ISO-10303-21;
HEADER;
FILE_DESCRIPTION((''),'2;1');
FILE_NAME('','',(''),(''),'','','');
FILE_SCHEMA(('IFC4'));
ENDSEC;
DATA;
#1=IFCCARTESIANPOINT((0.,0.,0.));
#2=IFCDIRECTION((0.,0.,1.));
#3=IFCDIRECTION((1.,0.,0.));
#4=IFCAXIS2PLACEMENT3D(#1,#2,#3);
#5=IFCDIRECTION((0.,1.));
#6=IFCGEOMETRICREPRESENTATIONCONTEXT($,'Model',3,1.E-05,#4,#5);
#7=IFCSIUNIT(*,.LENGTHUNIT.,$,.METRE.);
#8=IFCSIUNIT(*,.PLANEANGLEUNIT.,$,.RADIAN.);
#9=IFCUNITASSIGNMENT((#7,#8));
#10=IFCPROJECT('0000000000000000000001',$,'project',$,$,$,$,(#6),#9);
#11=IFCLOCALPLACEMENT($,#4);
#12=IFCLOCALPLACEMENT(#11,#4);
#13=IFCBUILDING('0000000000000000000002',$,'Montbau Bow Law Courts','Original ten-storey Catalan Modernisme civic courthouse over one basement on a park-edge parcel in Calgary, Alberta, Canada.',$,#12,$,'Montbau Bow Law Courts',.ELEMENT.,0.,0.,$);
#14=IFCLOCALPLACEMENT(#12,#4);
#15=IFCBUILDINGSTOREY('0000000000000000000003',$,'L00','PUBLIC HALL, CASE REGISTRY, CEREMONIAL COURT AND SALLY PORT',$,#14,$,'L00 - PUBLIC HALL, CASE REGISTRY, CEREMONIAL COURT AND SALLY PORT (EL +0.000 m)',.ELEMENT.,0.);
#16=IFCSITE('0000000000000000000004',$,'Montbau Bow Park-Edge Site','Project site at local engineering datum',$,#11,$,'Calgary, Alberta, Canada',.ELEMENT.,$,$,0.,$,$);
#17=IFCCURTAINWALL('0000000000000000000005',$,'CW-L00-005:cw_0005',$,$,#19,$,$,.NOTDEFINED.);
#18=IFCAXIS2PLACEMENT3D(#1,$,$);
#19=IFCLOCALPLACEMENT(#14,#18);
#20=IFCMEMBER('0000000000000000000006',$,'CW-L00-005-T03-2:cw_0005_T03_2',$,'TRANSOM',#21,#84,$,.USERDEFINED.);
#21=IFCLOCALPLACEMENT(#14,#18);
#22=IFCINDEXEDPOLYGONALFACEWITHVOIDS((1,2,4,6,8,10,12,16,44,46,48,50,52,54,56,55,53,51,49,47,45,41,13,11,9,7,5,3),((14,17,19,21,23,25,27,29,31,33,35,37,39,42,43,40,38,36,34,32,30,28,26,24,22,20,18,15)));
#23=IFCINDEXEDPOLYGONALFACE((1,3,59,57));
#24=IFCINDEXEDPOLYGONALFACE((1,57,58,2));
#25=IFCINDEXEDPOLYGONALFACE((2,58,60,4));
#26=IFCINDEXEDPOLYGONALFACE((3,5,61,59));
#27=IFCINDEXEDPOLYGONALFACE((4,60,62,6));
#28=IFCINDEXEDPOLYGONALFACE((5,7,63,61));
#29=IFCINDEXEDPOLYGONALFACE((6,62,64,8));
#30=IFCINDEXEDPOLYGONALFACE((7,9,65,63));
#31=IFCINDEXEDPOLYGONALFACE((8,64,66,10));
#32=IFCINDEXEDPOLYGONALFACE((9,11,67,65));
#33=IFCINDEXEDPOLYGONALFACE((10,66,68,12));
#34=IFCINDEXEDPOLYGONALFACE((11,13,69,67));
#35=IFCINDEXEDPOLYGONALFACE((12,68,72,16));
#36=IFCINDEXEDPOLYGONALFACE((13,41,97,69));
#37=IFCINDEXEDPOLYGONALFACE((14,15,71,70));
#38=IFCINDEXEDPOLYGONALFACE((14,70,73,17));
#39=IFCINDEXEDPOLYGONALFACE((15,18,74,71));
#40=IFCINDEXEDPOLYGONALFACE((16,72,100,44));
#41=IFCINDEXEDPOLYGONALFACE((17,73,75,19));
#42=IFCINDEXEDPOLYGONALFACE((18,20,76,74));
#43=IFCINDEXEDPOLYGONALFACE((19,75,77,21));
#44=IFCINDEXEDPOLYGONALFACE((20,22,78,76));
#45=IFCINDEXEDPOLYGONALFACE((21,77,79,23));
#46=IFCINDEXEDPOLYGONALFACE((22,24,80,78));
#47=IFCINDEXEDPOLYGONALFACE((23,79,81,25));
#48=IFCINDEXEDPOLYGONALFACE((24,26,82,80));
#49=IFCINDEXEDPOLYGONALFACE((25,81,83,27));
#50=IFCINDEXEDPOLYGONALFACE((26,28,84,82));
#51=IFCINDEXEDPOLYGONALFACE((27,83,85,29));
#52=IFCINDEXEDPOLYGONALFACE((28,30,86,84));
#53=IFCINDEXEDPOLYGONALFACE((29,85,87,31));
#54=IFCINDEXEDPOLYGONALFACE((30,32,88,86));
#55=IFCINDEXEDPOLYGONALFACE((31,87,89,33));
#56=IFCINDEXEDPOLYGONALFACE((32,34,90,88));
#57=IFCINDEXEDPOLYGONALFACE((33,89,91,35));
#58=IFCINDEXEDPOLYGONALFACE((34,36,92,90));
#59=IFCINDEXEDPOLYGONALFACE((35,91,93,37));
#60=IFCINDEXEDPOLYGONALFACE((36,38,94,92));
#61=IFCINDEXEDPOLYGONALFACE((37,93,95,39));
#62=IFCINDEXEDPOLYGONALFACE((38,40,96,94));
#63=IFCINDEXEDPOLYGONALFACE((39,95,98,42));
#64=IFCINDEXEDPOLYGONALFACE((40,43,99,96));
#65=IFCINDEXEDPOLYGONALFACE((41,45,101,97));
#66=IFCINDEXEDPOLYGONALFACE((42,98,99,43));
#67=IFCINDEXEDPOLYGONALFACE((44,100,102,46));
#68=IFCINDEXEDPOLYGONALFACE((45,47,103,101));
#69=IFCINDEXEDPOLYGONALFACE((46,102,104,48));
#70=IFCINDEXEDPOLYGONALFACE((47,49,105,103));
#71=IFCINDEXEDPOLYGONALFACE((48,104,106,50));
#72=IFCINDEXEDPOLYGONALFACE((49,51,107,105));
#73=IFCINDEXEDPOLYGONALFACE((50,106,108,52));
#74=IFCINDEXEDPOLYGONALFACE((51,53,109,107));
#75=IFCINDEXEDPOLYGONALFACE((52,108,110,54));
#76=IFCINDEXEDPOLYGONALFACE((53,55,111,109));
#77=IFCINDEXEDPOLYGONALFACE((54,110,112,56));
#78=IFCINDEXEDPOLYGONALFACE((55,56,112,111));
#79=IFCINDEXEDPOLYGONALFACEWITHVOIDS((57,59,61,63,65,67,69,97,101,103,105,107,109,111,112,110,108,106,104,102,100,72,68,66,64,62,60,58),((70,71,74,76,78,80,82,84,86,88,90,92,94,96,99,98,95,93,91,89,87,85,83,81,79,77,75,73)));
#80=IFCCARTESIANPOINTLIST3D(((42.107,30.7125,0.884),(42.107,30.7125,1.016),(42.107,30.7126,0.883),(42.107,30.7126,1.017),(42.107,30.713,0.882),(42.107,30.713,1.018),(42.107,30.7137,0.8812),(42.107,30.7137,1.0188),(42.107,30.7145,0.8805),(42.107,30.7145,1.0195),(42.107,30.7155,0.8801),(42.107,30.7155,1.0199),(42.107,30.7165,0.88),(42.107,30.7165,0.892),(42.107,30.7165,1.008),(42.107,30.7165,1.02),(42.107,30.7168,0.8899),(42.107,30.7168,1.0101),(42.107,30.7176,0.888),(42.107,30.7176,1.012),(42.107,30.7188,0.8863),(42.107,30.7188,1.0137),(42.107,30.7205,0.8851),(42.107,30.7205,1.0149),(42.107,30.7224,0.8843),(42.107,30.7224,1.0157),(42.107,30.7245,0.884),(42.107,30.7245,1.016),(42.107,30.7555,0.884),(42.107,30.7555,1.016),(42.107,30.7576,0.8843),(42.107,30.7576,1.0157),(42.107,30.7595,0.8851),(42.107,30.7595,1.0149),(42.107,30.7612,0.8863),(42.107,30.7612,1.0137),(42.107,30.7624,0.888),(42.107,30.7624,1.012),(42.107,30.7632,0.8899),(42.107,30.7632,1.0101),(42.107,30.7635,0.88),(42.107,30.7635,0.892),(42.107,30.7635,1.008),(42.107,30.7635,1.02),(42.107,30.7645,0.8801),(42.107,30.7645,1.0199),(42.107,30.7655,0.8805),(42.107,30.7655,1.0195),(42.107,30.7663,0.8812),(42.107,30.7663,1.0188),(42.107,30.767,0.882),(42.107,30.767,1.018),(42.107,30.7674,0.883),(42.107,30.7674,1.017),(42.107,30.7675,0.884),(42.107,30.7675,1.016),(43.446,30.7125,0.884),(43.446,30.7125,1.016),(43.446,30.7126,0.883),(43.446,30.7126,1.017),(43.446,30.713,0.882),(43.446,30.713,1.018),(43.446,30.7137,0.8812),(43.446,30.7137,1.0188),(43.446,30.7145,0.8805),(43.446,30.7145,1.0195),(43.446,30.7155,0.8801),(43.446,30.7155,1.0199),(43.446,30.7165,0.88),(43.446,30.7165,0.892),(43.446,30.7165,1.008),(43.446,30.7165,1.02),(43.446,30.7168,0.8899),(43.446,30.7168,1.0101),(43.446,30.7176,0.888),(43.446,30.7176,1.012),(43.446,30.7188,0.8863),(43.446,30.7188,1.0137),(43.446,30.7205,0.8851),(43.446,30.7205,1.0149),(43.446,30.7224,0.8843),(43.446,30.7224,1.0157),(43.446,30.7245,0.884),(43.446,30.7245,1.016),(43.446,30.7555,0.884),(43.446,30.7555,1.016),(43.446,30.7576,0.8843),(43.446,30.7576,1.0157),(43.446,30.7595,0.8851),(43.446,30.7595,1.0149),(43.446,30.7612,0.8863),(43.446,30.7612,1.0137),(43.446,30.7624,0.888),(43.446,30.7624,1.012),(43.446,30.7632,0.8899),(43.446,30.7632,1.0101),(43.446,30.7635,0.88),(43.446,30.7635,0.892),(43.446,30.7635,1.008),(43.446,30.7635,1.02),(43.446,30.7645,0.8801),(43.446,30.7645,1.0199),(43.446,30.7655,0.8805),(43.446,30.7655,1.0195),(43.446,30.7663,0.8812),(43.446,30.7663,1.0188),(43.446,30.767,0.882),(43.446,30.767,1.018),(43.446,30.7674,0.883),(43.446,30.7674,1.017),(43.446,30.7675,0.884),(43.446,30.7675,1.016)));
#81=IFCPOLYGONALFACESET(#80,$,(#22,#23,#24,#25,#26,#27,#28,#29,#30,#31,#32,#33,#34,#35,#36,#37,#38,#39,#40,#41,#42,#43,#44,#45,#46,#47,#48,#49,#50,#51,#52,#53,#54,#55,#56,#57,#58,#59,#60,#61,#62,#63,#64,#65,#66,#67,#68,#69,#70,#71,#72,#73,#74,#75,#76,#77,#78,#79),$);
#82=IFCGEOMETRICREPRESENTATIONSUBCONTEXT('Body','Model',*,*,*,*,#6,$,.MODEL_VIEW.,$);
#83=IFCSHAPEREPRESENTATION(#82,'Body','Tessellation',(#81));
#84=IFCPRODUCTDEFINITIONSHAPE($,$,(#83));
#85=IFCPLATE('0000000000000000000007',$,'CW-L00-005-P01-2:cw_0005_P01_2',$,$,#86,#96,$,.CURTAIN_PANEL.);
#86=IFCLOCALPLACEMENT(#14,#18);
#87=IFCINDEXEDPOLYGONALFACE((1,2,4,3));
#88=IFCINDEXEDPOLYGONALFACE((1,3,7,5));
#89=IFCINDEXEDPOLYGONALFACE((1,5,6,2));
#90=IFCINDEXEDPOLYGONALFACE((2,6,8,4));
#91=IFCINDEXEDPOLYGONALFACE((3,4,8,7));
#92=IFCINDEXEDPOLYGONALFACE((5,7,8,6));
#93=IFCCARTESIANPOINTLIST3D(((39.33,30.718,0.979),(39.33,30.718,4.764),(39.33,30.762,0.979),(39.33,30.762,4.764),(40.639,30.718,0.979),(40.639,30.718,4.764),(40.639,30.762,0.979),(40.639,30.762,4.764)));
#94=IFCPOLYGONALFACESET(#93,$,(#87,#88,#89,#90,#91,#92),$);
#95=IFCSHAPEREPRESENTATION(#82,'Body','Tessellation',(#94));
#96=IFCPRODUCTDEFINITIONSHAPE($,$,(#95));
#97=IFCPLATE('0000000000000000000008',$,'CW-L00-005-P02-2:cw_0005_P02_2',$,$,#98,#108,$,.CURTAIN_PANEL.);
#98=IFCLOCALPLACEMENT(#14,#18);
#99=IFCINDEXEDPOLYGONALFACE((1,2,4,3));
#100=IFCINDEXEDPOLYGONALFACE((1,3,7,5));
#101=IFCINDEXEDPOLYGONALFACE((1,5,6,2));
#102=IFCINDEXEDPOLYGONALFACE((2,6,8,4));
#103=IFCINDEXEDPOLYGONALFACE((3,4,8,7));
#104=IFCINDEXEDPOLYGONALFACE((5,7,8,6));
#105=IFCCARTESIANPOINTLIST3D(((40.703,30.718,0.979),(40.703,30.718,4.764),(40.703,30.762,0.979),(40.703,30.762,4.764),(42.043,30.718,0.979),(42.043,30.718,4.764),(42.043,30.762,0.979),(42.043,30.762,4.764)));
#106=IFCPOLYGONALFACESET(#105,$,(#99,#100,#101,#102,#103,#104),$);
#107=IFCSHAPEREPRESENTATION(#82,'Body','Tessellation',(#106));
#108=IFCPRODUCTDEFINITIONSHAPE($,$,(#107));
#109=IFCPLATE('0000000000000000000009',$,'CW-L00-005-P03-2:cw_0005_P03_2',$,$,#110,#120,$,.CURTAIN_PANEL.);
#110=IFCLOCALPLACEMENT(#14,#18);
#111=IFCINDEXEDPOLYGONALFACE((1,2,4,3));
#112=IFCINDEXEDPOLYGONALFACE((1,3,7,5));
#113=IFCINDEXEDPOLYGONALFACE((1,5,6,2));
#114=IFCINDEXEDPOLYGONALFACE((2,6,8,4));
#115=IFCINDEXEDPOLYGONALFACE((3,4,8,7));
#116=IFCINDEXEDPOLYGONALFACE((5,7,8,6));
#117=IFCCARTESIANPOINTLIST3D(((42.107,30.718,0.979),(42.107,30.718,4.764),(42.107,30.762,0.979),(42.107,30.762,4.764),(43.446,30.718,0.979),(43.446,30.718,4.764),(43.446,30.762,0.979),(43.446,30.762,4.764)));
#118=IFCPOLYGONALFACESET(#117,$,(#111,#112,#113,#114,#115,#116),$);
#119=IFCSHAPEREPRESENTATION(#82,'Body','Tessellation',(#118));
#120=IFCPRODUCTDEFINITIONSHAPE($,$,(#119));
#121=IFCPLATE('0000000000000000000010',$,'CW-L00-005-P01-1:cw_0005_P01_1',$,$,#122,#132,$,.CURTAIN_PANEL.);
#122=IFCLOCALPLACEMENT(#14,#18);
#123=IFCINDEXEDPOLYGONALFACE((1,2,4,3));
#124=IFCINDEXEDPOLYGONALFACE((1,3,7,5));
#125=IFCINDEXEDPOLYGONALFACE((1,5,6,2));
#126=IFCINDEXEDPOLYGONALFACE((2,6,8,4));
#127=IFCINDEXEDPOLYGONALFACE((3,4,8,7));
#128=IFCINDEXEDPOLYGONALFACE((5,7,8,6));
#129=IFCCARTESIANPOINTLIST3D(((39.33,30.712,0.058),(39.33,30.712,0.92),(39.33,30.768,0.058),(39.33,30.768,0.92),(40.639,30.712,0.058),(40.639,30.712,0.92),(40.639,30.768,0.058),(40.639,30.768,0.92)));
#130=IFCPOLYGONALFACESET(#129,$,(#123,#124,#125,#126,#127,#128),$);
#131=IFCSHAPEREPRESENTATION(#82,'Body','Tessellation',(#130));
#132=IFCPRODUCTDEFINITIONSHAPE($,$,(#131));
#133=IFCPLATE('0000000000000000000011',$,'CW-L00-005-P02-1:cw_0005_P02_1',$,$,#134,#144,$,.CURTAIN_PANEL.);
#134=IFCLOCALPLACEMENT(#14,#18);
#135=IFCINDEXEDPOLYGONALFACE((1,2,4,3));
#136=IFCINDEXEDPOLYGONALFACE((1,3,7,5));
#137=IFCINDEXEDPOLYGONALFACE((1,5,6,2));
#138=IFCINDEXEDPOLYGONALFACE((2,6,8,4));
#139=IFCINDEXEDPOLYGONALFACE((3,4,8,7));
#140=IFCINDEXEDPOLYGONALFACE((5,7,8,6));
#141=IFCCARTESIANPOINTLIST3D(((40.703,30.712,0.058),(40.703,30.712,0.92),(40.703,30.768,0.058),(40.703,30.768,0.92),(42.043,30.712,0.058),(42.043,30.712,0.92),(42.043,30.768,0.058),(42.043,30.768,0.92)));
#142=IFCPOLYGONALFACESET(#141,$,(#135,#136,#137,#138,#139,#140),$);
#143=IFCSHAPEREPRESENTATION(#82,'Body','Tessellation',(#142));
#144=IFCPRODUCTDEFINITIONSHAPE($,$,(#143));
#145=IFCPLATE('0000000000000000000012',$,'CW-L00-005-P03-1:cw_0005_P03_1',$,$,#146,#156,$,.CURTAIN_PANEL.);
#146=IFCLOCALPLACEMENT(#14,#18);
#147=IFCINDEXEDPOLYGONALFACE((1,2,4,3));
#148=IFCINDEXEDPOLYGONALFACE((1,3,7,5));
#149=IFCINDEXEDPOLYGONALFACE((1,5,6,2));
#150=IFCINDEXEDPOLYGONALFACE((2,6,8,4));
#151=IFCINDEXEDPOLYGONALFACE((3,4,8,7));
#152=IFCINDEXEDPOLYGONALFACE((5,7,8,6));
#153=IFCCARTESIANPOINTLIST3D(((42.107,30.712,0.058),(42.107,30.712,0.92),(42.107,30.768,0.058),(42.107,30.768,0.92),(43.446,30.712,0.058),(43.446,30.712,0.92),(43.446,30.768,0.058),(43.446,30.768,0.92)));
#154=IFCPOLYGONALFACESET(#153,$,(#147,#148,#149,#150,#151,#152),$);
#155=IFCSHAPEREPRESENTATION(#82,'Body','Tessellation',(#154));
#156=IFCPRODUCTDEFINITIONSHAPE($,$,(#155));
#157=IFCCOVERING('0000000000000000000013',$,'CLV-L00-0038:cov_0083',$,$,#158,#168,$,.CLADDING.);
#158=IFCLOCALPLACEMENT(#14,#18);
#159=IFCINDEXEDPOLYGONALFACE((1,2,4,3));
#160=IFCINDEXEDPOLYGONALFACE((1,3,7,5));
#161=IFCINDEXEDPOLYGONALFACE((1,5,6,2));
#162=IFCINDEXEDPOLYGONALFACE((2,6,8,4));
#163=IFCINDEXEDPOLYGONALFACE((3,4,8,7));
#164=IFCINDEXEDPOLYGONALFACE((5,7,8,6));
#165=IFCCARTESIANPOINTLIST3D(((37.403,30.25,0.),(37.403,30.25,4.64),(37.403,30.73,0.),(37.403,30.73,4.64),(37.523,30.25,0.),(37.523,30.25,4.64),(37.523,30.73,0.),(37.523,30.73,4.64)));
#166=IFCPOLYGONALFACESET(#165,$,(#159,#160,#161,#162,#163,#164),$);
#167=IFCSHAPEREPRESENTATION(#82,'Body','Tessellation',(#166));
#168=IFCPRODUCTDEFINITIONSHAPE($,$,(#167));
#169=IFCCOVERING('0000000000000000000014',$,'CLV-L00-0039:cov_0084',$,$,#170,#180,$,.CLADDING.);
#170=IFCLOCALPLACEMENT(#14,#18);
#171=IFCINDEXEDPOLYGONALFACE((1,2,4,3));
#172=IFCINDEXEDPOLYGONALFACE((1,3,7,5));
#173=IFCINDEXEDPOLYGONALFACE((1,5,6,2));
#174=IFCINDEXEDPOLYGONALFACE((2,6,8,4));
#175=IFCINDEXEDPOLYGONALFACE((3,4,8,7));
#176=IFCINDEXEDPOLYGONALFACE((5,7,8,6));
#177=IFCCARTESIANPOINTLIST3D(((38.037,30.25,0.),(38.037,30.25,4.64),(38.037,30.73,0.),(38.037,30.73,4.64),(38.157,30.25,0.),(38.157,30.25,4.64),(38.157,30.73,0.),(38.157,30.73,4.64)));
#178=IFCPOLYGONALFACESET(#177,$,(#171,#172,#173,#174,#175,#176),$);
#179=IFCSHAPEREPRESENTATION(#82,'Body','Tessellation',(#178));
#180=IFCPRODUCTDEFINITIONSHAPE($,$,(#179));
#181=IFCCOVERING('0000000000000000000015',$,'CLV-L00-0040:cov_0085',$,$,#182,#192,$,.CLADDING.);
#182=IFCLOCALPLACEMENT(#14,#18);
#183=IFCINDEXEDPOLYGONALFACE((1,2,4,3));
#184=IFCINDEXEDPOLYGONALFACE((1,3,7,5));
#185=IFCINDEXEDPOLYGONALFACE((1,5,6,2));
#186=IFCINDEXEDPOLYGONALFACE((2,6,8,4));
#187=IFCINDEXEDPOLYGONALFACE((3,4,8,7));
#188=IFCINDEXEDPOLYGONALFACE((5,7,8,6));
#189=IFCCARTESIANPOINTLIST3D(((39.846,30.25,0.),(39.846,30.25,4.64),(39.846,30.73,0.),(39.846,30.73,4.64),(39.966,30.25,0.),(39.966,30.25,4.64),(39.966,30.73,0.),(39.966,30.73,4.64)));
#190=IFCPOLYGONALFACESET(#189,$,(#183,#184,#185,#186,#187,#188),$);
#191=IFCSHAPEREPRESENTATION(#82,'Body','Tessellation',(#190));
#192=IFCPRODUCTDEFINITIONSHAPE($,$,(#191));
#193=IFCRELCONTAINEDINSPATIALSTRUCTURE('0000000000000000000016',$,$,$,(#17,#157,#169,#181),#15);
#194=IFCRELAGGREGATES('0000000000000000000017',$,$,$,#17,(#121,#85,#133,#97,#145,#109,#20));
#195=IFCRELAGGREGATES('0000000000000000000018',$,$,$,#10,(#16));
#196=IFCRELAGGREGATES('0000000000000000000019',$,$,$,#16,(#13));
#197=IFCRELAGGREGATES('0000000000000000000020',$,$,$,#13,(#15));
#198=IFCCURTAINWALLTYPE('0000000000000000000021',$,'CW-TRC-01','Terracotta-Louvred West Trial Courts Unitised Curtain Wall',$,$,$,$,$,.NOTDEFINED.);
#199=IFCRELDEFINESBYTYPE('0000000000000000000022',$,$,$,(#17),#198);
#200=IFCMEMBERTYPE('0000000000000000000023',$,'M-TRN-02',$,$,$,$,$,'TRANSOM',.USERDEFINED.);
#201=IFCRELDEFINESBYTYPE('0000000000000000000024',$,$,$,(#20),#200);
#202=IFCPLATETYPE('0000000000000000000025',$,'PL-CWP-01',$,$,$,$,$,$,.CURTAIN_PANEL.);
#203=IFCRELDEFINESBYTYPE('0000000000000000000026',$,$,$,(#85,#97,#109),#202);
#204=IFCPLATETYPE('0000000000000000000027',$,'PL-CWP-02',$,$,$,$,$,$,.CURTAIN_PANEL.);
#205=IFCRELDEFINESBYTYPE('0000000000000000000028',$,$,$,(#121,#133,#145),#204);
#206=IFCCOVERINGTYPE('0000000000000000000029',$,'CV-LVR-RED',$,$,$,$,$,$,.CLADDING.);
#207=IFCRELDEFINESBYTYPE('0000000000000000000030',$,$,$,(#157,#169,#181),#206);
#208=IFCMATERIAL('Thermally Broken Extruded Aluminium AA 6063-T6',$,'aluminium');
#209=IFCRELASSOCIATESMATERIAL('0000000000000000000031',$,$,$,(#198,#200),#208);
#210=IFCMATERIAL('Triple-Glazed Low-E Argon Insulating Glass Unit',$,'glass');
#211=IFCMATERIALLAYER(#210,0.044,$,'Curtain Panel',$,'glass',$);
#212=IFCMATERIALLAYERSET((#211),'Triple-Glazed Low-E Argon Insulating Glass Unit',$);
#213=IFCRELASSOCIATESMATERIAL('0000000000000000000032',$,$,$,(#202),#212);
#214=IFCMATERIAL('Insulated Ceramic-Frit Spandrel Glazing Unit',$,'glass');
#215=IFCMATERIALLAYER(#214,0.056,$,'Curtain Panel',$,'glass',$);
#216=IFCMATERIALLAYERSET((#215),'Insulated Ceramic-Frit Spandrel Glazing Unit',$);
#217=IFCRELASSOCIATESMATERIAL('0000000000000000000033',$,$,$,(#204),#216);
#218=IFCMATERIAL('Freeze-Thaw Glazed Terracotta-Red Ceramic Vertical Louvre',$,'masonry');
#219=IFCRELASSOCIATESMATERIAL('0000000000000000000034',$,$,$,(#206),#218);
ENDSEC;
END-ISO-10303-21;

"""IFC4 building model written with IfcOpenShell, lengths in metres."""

from ifc_helpers import new_model, si_unit, direction, frame, frame_2d, origin_with_axes, origin_2d_with_axis, place, context, subcontext, project, spatial, rectangle, hollow_rectangle, extrude, material, layer, layer_set, material_profile, profile_set, type_object, element, aggregate, save


model = new_model("IFC4")

# Units and contexts
model_context = context("Model", 3, precision=1e-05, world=origin_with_axes(), true_north=direction((0.0, 1.0)))
body_context = subcontext(model_context, "Body", "Model", "MODEL_VIEW")
ifc_project = project(units=[si_unit("LENGTHUNIT", "METRE"), si_unit("PLANEANGLEUNIT", "RADIAN")], contexts=[model_context])

# Site, building, storey
site_placement = place(None, origin_with_axes())
site = spatial("IfcSite", under=ifc_project, at=site_placement, Name="Montbau Bow Park-Edge Site", Description="Project site at local engineering datum", LongName="Calgary, Alberta, Canada", CompositionType="ELEMENT", RefElevation=0.0)
building_placement = place(site_placement, origin_with_axes())
building = spatial("IfcBuilding", under=site, at=building_placement, Name="Montbau Bow Law Courts", Description="Original ten-storey Catalan Modernisme civic courthouse over one basement on a park-edge parcel in Calgary, Alberta, Canada.", LongName="Montbau Bow Law Courts", CompositionType="ELEMENT", ElevationOfRefHeight=0.0, ElevationOfTerrain=0.0)
storey_placement = place(building_placement, origin_with_axes())
storey = spatial("IfcBuildingStorey", under=building, at=storey_placement, Name="L00", Description="PUBLIC HALL, CASE REGISTRY, CEREMONIAL COURT AND SALLY PORT", LongName="L00 - PUBLIC HALL, CASE REGISTRY, CEREMONIAL COURT AND SALLY PORT (EL +0.000 m)", CompositionType="ELEMENT", Elevation=0.0)

# Shared definitions
ifc_material_1 = material(Name="Thermally Broken Extruded Aluminium AA 6063-T6", Category="aluminium")
curtain_wall_type = type_object("IfcCurtainWallType", Name="CW-TRC-01", Description="Terracotta-Louvred West Trial Courts Unitised Curtain Wall", PredefinedType="NOTDEFINED", material=ifc_material_1)

# Curtain wall
curtain_wall_1_placement = place(None, frame((39.268, 30.74, 0.0), z_axis=(0.0, 0.0, 1.0), x_axis=(1.0, 0.0, 0.0)))
curtain_wall_1 = element("IfcCurtainWall", 1, at=curtain_wall_1_placement, inside=storey, type_object=curtain_wall_type, Name="CW-L00-005:cw_0005", PredefinedType="NOTDEFINED")

# Member
ifc_material_profile_1 = material_profile(ifc_material_1, hollow_rectangle(XDim=0.055, YDim=0.14, WallThickness=0.004, InnerFilletRadius=0.008, OuterFilletRadius=0.004, at=origin_2d_with_axis()), Name="CWT-140X55", Category="Main", Priority=0)
ifc_profile_set_1 = profile_set([ifc_material_profile_1], Name="Thermally Broken Extruded Aluminium AA 6063-T6")
member_type_1 = type_object("IfcMemberType", Name="M-TRN-02", ElementType="TRANSOM", PredefinedType="USERDEFINED", material=ifc_profile_set_1)
member_1_placement = place(None, frame((42.107, 30.74, 0.95), z_axis=(1.0, 0.0, 0.0), x_axis=(0.0, 1.0, 0.0)))
member_1 = element("IfcMember", 2, at=member_1_placement, type_object=member_type_1, Name="CW-L00-005-T03-2:cw_0005_T03_2", ObjectType="TRANSOM", PredefinedType="USERDEFINED", context=body_context, shape_type="SweptSolid", body=[
    extrude(hollow_rectangle(XDim=0.055, YDim=0.14, WallThickness=0.004, InnerFilletRadius=0.008, OuterFilletRadius=0.004, at=origin_2d_with_axis()), origin_with_axes(), (0.0, 0.0, 1.0), 1.339),
])

# Plates
ifc_material_2 = material(Name="Triple-Glazed Low-E Argon Insulating Glass Unit", Category="glass")
ifc_layer_1 = layer(ifc_material_2, 0.044, Name="Curtain Panel", Category="glass")
ifc_layer_set_1 = layer_set([ifc_layer_1], Name="Triple-Glazed Low-E Argon Insulating Glass Unit")
plate_type_1 = type_object("IfcPlateType", Name="PL-CWP-01", PredefinedType="CURTAIN_PANEL", material=ifc_layer_set_1)
plate_1_placement = place(None, frame((39.33, 30.74, 0.979), z_axis=(0.0, -1.0, 0.0), x_axis=(1.0, 0.0, 0.0)))
plate_1 = element("IfcPlate", 3, at=plate_1_placement, type_object=plate_type_1, Name="CW-L00-005-P01-2:cw_0005_P01_2", PredefinedType="CURTAIN_PANEL", context=body_context, shape_type="SweptSolid", body=[
    extrude(rectangle(XDim=1.309, YDim=3.785, at=frame_2d((0.6545, 1.8925), x_axis=(1.0, 0.0))), frame((0.0, 0.0, -0.022), z_axis=(0.0, 0.0, 1.0), x_axis=(1.0, 0.0, 0.0)), (0.0, 0.0, 1.0), 0.044),
])
plate_2_placement = place(None, frame((40.703, 30.74, 0.979), z_axis=(0.0, -1.0, 0.0), x_axis=(1.0, 0.0, 0.0)))
plate_2 = element("IfcPlate", 4, at=plate_2_placement, type_object=plate_type_1, Name="CW-L00-005-P02-2:cw_0005_P02_2", PredefinedType="CURTAIN_PANEL", context=body_context, shape_type="SweptSolid", body=[
    extrude(rectangle(XDim=1.34, YDim=3.785, at=frame_2d((0.67, 1.8925), x_axis=(1.0, 0.0))), frame((0.0, 0.0, -0.022), z_axis=(0.0, 0.0, 1.0), x_axis=(1.0, 0.0, 0.0)), (0.0, 0.0, 1.0), 0.044),
])
plate_3_placement = place(None, frame((42.107, 30.74, 0.979), z_axis=(0.0, -1.0, 0.0), x_axis=(1.0, 0.0, 0.0)))
plate_3 = element("IfcPlate", 5, at=plate_3_placement, type_object=plate_type_1, Name="CW-L00-005-P03-2:cw_0005_P03_2", PredefinedType="CURTAIN_PANEL", context=body_context, shape_type="SweptSolid", body=[
    extrude(rectangle(XDim=1.339, YDim=3.785, at=frame_2d((0.6695, 1.8925), x_axis=(1.0, 0.0))), frame((0.0, 0.0, -0.022), z_axis=(0.0, 0.0, 1.0), x_axis=(1.0, 0.0, 0.0)), (0.0, 0.0, 1.0), 0.044),
])
ifc_material_3 = material(Name="Insulated Ceramic-Frit Spandrel Glazing Unit", Category="glass")
ifc_layer_2 = layer(ifc_material_3, 0.056, Name="Curtain Panel", Category="glass")
ifc_layer_set_2 = layer_set([ifc_layer_2], Name="Insulated Ceramic-Frit Spandrel Glazing Unit")
plate_type_2 = type_object("IfcPlateType", Name="PL-CWP-02", PredefinedType="CURTAIN_PANEL", material=ifc_layer_set_2)
plate_4_placement = place(None, frame((39.33, 30.74, 0.058), z_axis=(0.0, -1.0, 0.0), x_axis=(1.0, 0.0, 0.0)))
plate_4 = element("IfcPlate", 6, at=plate_4_placement, type_object=plate_type_2, Name="CW-L00-005-P01-1:cw_0005_P01_1", PredefinedType="CURTAIN_PANEL", context=body_context, shape_type="SweptSolid", body=[
    extrude(rectangle(XDim=1.309, YDim=0.862, at=frame_2d((0.6545, 0.431), x_axis=(1.0, 0.0))), frame((0.0, 0.0, -0.028), z_axis=(0.0, 0.0, 1.0), x_axis=(1.0, 0.0, 0.0)), (0.0, 0.0, 1.0), 0.056),
])
plate_5_placement = place(None, frame((40.703, 30.74, 0.058), z_axis=(0.0, -1.0, 0.0), x_axis=(1.0, 0.0, 0.0)))
plate_5 = element("IfcPlate", 7, at=plate_5_placement, type_object=plate_type_2, Name="CW-L00-005-P02-1:cw_0005_P02_1", PredefinedType="CURTAIN_PANEL", context=body_context, shape_type="SweptSolid", body=[
    extrude(rectangle(XDim=1.34, YDim=0.862, at=frame_2d((0.67, 0.431), x_axis=(1.0, 0.0))), frame((0.0, 0.0, -0.028), z_axis=(0.0, 0.0, 1.0), x_axis=(1.0, 0.0, 0.0)), (0.0, 0.0, 1.0), 0.056),
])
plate_6_placement = place(None, frame((42.107, 30.74, 0.058), z_axis=(0.0, -1.0, 0.0), x_axis=(1.0, 0.0, 0.0)))
plate_6 = element("IfcPlate", 8, at=plate_6_placement, type_object=plate_type_2, Name="CW-L00-005-P03-1:cw_0005_P03_1", PredefinedType="CURTAIN_PANEL", context=body_context, shape_type="SweptSolid", body=[
    extrude(rectangle(XDim=1.339, YDim=0.862, at=frame_2d((0.6695, 0.431), x_axis=(1.0, 0.0))), frame((0.0, 0.0, -0.028), z_axis=(0.0, 0.0, 1.0), x_axis=(1.0, 0.0, 0.0)), (0.0, 0.0, 1.0), 0.056),
])
aggregate(curtain_wall_1, [plate_4, plate_1, plate_5, plate_2, plate_6, plate_3, member_1])

# Coverings
ifc_material_4 = material(Name="Freeze-Thaw Glazed Terracotta-Red Ceramic Vertical Louvre", Category="masonry")
covering_type = type_object("IfcCoveringType", Name="CV-LVR-RED", PredefinedType="CLADDING", material=ifc_material_4)
for number, where, z_axis, x_axis, name in (
    (9, (37.463, 30.73, 0.0), (-1.0, 0.0, 0.0), (0.0, -1.0, 0.0), "CLV-L00-0038:cov_0083"),
    (10, (38.097, 30.73, 0.0), (-1.0, 0.0, 0.0), (0.0, -1.0, 0.0), "CLV-L00-0039:cov_0084"),
    (11, (39.906, 30.73, 0.0), (-1.0, 0.0, 0.0), (0.0, -1.0, 0.0), "CLV-L00-0040:cov_0085"),
):
    element("IfcCovering", number, at=place(None, frame(where, z_axis=z_axis, x_axis=x_axis)), inside=storey, type_object=covering_type, Name=name, PredefinedType="CLADDING", context=body_context, shape_type="SweptSolid", body=[
        extrude(rectangle(XDim=0.48, YDim=4.64, at=frame_2d((0.24, 2.32), x_axis=(1.0, 0.0))), frame((0.0, 0.0, -0.06), z_axis=(0.0, 0.0, 1.0), x_axis=(1.0, 0.0, 0.0)), (0.0, 0.0, 1.0), 0.12),
    ])

save(model, "model.ifc")
